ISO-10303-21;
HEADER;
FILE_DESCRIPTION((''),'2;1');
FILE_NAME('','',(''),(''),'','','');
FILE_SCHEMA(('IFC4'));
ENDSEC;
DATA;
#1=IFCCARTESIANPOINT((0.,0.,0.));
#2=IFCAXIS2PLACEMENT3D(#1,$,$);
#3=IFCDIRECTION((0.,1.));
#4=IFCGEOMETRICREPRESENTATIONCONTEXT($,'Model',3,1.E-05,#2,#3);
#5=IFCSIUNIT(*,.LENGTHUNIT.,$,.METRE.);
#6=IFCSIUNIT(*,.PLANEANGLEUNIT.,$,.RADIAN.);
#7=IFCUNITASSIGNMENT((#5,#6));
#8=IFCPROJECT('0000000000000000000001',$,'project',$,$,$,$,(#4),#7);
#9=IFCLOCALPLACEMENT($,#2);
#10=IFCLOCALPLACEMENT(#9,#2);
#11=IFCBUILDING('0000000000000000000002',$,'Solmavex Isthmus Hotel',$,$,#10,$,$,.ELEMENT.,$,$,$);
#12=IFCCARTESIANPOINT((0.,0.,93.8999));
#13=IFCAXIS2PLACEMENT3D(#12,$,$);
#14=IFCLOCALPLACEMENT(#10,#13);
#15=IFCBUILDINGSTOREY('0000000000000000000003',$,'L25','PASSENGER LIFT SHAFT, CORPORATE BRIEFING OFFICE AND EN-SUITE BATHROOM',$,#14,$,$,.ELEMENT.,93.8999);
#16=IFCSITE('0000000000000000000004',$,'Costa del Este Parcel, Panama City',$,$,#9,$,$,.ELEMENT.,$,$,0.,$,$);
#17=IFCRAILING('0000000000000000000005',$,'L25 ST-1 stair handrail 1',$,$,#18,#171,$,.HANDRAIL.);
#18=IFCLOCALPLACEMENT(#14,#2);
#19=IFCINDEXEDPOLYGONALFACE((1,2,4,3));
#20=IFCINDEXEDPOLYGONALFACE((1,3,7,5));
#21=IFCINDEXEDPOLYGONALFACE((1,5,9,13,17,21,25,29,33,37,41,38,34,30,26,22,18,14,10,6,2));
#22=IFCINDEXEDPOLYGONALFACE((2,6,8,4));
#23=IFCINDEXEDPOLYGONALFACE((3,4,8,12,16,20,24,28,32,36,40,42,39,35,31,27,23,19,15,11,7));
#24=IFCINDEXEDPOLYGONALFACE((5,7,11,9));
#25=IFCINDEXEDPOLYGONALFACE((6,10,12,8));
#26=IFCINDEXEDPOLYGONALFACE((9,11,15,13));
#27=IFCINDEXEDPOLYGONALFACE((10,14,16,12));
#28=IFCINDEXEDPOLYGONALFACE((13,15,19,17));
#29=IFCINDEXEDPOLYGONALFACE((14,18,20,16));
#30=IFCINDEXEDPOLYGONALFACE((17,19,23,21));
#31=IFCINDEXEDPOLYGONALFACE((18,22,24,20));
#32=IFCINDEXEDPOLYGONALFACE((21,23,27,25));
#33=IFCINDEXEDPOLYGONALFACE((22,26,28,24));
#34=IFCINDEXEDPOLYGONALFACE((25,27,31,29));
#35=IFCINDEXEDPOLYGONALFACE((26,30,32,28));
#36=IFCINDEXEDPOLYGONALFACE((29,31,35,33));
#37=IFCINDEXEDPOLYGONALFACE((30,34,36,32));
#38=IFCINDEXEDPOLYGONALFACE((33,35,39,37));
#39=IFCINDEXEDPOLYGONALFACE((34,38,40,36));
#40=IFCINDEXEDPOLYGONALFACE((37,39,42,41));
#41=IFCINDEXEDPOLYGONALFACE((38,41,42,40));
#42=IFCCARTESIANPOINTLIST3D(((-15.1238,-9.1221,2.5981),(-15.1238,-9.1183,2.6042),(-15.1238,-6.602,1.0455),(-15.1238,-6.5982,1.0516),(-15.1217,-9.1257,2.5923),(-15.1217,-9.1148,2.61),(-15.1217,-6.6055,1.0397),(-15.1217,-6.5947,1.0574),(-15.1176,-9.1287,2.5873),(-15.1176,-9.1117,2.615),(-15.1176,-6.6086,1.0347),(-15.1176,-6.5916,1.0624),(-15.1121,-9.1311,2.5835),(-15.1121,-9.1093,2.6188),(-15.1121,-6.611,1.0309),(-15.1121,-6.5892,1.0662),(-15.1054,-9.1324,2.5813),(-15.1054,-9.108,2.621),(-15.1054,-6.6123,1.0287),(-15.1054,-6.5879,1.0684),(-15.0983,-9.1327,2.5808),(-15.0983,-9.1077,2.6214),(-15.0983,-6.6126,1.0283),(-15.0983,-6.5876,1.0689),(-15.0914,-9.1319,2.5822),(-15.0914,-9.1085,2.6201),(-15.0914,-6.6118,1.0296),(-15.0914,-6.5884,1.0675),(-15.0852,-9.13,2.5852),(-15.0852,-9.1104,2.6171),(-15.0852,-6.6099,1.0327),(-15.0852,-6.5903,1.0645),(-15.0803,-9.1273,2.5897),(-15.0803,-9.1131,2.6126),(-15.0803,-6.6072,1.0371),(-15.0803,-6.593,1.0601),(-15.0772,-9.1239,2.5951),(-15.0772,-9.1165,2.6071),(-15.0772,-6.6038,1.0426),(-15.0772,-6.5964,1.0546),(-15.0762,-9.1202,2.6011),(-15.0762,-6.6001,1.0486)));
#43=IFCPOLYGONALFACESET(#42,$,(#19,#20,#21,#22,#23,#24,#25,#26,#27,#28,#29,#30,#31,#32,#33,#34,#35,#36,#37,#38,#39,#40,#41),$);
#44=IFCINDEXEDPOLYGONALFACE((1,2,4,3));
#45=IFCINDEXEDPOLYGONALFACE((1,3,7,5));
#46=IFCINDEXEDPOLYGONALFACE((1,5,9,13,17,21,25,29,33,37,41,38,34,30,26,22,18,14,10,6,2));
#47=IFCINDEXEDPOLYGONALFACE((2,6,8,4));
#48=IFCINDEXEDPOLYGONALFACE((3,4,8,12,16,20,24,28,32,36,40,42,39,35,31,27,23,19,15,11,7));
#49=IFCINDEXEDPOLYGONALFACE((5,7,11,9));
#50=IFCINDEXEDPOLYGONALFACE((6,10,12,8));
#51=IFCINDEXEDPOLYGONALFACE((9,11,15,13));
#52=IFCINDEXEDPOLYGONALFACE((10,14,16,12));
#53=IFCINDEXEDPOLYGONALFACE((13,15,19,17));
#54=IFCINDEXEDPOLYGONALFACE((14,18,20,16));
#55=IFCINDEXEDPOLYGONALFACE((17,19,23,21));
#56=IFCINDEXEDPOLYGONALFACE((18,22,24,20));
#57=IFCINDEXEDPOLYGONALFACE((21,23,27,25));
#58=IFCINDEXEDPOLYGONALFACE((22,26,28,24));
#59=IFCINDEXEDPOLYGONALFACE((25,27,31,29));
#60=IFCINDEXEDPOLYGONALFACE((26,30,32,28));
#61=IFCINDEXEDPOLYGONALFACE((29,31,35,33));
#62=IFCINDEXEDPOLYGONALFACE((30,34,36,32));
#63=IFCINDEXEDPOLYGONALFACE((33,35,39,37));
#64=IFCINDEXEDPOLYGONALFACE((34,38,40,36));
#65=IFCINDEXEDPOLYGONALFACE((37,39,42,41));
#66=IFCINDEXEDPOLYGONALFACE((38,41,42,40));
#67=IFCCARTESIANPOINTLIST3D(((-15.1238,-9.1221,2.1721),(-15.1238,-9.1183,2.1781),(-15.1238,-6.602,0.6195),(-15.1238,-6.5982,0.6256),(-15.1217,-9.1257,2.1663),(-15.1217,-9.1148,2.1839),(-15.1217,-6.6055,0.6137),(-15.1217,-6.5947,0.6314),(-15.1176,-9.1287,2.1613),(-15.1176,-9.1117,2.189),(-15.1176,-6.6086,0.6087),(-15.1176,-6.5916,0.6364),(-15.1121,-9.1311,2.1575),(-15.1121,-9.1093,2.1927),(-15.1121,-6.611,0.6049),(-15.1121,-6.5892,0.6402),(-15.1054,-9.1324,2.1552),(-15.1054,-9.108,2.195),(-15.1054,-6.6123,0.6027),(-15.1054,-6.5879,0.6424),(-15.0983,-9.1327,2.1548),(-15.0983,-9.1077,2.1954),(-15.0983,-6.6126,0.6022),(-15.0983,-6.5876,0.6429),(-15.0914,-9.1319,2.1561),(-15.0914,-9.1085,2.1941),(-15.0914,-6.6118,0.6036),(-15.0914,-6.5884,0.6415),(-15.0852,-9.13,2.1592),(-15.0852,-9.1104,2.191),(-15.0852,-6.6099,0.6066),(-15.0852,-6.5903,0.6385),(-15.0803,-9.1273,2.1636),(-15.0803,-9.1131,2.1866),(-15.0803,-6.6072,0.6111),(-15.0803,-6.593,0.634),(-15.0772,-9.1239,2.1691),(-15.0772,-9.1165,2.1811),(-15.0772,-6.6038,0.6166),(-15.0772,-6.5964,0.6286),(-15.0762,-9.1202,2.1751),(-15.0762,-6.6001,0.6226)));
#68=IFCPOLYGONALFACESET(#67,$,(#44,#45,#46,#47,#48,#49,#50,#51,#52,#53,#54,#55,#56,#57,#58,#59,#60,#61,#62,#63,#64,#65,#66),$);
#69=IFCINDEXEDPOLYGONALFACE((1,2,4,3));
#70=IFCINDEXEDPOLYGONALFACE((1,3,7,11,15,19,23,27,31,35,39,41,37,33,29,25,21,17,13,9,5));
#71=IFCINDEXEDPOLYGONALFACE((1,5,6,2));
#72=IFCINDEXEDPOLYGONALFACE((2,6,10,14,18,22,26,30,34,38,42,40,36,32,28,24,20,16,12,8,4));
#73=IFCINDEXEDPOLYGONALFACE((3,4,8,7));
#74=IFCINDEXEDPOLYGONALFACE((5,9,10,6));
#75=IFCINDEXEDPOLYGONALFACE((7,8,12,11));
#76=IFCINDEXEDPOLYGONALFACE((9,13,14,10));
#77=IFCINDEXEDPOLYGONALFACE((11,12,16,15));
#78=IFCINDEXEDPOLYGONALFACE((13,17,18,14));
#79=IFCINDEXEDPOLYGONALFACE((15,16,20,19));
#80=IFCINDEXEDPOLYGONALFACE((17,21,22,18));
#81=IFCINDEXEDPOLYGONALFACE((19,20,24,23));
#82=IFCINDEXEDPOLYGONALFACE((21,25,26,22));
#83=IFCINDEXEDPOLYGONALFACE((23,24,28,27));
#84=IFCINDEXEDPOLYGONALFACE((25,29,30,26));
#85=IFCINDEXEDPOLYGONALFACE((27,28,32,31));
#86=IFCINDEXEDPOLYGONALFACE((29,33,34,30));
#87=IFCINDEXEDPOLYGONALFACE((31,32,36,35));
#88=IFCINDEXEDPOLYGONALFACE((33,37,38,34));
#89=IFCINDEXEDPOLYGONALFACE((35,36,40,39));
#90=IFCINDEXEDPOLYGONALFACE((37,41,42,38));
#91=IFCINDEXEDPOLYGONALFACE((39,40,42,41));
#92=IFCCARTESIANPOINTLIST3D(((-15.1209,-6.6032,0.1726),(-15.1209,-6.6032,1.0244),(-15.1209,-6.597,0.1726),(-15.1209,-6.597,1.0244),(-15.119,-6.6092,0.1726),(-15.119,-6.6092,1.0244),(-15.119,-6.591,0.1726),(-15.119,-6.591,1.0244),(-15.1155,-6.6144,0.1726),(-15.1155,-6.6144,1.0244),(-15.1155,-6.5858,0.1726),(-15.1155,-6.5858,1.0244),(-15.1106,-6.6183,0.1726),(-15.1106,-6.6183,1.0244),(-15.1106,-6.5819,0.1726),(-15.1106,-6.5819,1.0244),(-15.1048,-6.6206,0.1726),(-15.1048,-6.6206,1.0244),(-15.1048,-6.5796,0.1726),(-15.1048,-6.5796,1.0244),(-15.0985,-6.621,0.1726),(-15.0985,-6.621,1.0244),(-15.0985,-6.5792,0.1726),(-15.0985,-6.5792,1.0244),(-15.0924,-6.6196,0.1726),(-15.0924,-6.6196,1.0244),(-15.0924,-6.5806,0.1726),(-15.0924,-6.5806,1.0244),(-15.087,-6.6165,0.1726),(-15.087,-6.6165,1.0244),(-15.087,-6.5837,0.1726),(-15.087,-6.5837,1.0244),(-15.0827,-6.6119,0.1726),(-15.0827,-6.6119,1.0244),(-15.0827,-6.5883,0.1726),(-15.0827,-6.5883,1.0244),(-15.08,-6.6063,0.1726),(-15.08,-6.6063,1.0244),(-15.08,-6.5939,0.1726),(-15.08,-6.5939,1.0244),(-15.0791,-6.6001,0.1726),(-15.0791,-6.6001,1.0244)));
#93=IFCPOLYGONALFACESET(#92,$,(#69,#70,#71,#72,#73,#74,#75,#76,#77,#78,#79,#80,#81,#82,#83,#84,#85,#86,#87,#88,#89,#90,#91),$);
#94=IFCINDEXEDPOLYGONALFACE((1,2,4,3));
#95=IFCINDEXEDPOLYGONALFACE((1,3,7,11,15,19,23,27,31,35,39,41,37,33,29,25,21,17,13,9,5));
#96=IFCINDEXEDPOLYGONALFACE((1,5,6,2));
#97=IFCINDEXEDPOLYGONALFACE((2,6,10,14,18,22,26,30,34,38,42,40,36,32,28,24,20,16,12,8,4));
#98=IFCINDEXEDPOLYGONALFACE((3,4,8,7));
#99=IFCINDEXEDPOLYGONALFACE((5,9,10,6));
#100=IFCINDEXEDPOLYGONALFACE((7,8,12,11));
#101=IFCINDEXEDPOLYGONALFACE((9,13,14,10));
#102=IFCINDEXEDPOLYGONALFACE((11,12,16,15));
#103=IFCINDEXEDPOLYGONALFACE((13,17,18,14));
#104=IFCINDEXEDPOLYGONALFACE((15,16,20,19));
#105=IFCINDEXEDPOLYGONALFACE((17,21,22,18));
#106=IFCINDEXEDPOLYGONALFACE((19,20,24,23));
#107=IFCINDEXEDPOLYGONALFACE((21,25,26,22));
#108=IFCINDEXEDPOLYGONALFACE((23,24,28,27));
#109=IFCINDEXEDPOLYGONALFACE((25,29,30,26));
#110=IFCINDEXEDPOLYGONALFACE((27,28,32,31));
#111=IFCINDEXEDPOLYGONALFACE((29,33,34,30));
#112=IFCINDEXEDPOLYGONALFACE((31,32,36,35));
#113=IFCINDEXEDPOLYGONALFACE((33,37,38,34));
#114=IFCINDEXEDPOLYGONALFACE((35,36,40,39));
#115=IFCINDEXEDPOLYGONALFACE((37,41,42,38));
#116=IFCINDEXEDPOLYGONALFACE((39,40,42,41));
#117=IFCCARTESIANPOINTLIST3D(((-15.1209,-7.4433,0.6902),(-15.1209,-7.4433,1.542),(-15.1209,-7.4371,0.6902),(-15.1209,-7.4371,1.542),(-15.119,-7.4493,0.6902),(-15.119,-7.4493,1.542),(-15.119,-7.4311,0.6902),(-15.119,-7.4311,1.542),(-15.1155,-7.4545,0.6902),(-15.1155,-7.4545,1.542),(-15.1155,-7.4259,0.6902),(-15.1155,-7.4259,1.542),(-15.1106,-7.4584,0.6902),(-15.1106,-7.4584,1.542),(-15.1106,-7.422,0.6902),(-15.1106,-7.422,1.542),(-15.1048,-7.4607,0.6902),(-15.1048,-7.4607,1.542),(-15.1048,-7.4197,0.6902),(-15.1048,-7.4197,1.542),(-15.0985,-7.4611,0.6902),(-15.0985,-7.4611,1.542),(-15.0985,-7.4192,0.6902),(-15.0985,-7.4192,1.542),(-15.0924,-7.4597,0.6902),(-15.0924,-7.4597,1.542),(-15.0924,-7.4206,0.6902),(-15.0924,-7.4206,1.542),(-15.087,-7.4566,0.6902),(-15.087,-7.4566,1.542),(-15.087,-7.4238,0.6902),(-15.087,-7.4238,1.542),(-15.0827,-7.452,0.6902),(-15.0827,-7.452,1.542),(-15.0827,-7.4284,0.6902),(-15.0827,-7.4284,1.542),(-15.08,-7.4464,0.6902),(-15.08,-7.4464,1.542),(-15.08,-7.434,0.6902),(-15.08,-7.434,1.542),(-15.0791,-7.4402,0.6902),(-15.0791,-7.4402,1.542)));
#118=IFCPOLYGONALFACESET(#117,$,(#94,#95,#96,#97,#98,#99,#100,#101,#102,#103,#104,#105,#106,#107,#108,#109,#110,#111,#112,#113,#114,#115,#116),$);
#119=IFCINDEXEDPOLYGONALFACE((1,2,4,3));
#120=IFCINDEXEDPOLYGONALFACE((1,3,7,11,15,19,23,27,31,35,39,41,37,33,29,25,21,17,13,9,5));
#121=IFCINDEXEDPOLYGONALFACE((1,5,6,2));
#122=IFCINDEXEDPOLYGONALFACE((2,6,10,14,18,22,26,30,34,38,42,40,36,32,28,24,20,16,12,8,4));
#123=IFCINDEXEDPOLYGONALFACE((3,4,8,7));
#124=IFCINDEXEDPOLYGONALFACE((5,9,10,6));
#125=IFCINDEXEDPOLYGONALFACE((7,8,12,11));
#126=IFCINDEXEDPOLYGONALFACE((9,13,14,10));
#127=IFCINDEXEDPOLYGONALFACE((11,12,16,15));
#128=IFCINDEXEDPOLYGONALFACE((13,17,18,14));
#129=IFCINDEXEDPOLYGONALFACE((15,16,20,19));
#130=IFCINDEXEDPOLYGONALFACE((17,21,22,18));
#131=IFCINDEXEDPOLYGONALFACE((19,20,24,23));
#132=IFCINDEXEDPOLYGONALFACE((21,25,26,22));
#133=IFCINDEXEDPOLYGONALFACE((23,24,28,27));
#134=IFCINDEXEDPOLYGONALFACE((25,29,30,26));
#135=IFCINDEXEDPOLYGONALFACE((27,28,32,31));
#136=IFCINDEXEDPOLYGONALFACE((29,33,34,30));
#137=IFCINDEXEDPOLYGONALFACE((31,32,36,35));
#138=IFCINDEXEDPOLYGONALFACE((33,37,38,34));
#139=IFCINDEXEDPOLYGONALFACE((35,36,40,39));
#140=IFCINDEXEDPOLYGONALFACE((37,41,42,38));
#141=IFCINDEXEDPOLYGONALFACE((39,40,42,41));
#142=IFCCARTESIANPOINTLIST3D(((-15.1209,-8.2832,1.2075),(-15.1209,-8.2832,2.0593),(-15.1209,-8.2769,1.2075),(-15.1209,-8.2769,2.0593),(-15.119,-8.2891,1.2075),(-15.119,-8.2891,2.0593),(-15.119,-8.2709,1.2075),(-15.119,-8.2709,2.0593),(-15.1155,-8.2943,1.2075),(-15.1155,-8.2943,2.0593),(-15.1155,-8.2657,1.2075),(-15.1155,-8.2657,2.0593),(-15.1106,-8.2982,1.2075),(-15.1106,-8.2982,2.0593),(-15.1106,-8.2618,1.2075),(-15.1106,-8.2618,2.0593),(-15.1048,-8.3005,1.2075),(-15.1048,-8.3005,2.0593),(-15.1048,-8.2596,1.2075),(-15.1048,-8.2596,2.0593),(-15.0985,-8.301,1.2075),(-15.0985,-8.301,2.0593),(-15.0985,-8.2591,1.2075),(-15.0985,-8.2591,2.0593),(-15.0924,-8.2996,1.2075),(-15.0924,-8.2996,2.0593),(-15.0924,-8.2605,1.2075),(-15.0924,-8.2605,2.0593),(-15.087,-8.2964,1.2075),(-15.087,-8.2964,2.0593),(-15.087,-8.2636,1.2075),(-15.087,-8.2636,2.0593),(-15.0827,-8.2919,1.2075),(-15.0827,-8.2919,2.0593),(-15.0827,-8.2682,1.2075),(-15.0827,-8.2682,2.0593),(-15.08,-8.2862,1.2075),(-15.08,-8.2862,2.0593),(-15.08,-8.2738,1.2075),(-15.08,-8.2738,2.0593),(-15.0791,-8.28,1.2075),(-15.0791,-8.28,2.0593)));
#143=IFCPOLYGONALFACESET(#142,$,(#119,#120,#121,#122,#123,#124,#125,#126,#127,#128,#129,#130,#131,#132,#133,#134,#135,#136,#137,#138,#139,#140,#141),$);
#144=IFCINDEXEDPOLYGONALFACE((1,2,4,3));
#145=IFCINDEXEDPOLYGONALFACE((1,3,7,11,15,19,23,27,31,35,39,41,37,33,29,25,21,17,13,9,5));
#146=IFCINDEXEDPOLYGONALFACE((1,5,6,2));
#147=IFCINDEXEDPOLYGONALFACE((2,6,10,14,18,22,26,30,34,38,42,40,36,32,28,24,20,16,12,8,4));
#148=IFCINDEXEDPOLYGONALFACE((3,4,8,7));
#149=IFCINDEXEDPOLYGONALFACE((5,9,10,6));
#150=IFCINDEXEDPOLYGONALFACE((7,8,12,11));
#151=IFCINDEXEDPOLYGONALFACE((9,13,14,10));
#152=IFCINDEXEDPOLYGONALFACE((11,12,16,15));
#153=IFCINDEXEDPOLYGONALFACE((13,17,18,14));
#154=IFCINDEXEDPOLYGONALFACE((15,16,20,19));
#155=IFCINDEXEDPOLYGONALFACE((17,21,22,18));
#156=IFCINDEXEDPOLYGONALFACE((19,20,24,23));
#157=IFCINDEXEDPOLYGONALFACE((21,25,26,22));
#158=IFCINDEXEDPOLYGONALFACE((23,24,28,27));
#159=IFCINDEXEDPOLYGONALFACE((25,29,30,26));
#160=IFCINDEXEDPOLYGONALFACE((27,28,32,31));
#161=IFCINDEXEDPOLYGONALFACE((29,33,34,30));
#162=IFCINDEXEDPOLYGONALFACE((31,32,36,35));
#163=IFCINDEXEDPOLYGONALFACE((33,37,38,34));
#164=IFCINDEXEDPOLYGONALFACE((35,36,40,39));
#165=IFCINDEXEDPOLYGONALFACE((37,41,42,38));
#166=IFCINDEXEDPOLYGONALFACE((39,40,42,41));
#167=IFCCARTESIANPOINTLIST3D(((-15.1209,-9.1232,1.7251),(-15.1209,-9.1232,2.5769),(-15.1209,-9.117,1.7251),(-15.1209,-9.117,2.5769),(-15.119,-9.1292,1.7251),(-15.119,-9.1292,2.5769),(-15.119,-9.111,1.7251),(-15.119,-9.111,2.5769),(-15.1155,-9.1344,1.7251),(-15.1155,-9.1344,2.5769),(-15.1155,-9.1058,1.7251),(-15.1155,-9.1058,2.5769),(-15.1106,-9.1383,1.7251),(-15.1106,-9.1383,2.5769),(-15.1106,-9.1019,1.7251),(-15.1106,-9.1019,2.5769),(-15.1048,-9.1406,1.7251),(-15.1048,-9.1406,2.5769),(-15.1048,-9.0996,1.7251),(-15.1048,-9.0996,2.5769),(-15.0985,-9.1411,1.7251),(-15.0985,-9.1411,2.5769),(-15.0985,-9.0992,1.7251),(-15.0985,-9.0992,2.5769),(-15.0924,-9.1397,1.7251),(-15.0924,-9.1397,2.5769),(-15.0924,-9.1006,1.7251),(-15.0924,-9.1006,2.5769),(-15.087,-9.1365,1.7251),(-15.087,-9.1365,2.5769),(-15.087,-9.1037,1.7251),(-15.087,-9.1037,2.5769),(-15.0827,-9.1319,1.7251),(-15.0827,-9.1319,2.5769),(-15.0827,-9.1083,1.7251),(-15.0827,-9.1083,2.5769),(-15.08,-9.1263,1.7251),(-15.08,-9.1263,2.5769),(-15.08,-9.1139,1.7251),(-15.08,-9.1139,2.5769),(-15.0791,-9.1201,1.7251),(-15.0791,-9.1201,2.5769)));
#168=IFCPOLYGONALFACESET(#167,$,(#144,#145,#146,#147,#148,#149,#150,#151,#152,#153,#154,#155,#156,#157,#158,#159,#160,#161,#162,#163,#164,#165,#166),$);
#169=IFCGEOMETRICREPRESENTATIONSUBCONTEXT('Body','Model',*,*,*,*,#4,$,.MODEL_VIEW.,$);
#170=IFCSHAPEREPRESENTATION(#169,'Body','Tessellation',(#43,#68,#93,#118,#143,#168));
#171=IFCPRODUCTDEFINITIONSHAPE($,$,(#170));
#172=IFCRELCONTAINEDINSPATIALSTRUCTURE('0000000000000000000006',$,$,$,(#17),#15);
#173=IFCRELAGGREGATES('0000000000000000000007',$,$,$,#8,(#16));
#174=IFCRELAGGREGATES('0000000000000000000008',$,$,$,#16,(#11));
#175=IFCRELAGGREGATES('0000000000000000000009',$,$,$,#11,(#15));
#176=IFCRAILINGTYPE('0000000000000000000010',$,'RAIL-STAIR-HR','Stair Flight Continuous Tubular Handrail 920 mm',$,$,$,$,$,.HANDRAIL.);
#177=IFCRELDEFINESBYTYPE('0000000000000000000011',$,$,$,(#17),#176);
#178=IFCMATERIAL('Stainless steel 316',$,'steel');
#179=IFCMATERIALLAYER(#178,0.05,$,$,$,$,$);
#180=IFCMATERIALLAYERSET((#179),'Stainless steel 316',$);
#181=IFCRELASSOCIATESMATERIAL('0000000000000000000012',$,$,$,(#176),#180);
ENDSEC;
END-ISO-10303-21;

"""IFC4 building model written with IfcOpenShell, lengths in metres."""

from ifc_helpers import new_model, si_unit, direction, frame, origin, origin_2d, place, context, subcontext, project, spatial, circle, extrude, material, layer, layer_set, type_object, element, save


model = new_model("IFC4")

# Units and contexts
model_context = context("Model", 3, precision=1e-05, world=origin(), true_north=direction((0.0, 1.0)))
body_context = subcontext(model_context, "Body", "Model", "MODEL_VIEW")
ifc_project = project(units=[si_unit("LENGTHUNIT", "METRE"), si_unit("PLANEANGLEUNIT", "RADIAN")], contexts=[model_context])

# Site, building, storey
site_placement = place(None, origin())
site = spatial("IfcSite", under=ifc_project, at=site_placement, Name="Costa del Este Parcel, Panama City", CompositionType="ELEMENT", RefElevation=0.0)
building_placement = place(site_placement, origin())
building = spatial("IfcBuilding", under=site, at=building_placement, Name="Solmavex Isthmus Hotel", CompositionType="ELEMENT")
storey_placement = place(building_placement, frame((0.0, 0.0, 93.8999)))
storey = spatial("IfcBuildingStorey", under=building, at=storey_placement, Name="L25", Description="PASSENGER LIFT SHAFT, CORPORATE BRIEFING OFFICE AND EN-SUITE BATHROOM", CompositionType="ELEMENT", Elevation=93.8999)

# Shared definitions
ifc_material_1 = material(Name="Stainless steel 316", Category="steel")

# Railing
ifc_layer_1 = layer(ifc_material_1, 0.05)
ifc_layer_set_1 = layer_set([ifc_layer_1], Name="Stainless steel 316")
railing_type_1 = type_object("IfcRailingType", Name="RAIL-STAIR-HR", Description="Stair Flight Continuous Tubular Handrail 920 mm", PredefinedType="HANDRAIL", material=ifc_layer_set_1)
railing_1_placement = place(storey_placement, frame((-15.1001, -6.6001, 0.1726)))
element("IfcRailing", 1, at=railing_1_placement, inside=storey, type_object=railing_type_1, Name="L25 ST-1 stair handrail 1", PredefinedType="HANDRAIL", context=body_context, shape_type="SweptSolid", body=[
    extrude(circle(Radius=0.0239, at=origin_2d()), frame((0.0, 0.0, 0.876), z_axis=(0.0, -0.8514, 0.524516), x_axis=(1.0, 0.0, 0.0)), (0.0, 0.0, 1.0), 2.96),
    extrude(circle(Radius=0.0239, at=origin_2d()), frame((0.0, 0.0, 0.45), z_axis=(0.0, -0.8514, 0.524516), x_axis=(1.0, 0.0, 0.0)), (0.0, 0.0, 1.0), 2.96),
    extrude(circle(Radius=0.021, at=origin_2d()), origin(), (0.0, 0.0, 1.0), 0.8518),
    extrude(circle(Radius=0.021, at=origin_2d()), frame((0.0, -0.8401, 0.5176)), (0.0, 0.0, 1.0), 0.8518),
    extrude(circle(Radius=0.021, at=origin_2d()), frame((0.0, -1.6799, 1.0349)), (0.0, 0.0, 1.0), 0.8518),
    extrude(circle(Radius=0.021, at=origin_2d()), frame((0.0, -2.52, 1.5525)), (0.0, 0.0, 1.0), 0.8518),
])

save(model, "model.ifc")
